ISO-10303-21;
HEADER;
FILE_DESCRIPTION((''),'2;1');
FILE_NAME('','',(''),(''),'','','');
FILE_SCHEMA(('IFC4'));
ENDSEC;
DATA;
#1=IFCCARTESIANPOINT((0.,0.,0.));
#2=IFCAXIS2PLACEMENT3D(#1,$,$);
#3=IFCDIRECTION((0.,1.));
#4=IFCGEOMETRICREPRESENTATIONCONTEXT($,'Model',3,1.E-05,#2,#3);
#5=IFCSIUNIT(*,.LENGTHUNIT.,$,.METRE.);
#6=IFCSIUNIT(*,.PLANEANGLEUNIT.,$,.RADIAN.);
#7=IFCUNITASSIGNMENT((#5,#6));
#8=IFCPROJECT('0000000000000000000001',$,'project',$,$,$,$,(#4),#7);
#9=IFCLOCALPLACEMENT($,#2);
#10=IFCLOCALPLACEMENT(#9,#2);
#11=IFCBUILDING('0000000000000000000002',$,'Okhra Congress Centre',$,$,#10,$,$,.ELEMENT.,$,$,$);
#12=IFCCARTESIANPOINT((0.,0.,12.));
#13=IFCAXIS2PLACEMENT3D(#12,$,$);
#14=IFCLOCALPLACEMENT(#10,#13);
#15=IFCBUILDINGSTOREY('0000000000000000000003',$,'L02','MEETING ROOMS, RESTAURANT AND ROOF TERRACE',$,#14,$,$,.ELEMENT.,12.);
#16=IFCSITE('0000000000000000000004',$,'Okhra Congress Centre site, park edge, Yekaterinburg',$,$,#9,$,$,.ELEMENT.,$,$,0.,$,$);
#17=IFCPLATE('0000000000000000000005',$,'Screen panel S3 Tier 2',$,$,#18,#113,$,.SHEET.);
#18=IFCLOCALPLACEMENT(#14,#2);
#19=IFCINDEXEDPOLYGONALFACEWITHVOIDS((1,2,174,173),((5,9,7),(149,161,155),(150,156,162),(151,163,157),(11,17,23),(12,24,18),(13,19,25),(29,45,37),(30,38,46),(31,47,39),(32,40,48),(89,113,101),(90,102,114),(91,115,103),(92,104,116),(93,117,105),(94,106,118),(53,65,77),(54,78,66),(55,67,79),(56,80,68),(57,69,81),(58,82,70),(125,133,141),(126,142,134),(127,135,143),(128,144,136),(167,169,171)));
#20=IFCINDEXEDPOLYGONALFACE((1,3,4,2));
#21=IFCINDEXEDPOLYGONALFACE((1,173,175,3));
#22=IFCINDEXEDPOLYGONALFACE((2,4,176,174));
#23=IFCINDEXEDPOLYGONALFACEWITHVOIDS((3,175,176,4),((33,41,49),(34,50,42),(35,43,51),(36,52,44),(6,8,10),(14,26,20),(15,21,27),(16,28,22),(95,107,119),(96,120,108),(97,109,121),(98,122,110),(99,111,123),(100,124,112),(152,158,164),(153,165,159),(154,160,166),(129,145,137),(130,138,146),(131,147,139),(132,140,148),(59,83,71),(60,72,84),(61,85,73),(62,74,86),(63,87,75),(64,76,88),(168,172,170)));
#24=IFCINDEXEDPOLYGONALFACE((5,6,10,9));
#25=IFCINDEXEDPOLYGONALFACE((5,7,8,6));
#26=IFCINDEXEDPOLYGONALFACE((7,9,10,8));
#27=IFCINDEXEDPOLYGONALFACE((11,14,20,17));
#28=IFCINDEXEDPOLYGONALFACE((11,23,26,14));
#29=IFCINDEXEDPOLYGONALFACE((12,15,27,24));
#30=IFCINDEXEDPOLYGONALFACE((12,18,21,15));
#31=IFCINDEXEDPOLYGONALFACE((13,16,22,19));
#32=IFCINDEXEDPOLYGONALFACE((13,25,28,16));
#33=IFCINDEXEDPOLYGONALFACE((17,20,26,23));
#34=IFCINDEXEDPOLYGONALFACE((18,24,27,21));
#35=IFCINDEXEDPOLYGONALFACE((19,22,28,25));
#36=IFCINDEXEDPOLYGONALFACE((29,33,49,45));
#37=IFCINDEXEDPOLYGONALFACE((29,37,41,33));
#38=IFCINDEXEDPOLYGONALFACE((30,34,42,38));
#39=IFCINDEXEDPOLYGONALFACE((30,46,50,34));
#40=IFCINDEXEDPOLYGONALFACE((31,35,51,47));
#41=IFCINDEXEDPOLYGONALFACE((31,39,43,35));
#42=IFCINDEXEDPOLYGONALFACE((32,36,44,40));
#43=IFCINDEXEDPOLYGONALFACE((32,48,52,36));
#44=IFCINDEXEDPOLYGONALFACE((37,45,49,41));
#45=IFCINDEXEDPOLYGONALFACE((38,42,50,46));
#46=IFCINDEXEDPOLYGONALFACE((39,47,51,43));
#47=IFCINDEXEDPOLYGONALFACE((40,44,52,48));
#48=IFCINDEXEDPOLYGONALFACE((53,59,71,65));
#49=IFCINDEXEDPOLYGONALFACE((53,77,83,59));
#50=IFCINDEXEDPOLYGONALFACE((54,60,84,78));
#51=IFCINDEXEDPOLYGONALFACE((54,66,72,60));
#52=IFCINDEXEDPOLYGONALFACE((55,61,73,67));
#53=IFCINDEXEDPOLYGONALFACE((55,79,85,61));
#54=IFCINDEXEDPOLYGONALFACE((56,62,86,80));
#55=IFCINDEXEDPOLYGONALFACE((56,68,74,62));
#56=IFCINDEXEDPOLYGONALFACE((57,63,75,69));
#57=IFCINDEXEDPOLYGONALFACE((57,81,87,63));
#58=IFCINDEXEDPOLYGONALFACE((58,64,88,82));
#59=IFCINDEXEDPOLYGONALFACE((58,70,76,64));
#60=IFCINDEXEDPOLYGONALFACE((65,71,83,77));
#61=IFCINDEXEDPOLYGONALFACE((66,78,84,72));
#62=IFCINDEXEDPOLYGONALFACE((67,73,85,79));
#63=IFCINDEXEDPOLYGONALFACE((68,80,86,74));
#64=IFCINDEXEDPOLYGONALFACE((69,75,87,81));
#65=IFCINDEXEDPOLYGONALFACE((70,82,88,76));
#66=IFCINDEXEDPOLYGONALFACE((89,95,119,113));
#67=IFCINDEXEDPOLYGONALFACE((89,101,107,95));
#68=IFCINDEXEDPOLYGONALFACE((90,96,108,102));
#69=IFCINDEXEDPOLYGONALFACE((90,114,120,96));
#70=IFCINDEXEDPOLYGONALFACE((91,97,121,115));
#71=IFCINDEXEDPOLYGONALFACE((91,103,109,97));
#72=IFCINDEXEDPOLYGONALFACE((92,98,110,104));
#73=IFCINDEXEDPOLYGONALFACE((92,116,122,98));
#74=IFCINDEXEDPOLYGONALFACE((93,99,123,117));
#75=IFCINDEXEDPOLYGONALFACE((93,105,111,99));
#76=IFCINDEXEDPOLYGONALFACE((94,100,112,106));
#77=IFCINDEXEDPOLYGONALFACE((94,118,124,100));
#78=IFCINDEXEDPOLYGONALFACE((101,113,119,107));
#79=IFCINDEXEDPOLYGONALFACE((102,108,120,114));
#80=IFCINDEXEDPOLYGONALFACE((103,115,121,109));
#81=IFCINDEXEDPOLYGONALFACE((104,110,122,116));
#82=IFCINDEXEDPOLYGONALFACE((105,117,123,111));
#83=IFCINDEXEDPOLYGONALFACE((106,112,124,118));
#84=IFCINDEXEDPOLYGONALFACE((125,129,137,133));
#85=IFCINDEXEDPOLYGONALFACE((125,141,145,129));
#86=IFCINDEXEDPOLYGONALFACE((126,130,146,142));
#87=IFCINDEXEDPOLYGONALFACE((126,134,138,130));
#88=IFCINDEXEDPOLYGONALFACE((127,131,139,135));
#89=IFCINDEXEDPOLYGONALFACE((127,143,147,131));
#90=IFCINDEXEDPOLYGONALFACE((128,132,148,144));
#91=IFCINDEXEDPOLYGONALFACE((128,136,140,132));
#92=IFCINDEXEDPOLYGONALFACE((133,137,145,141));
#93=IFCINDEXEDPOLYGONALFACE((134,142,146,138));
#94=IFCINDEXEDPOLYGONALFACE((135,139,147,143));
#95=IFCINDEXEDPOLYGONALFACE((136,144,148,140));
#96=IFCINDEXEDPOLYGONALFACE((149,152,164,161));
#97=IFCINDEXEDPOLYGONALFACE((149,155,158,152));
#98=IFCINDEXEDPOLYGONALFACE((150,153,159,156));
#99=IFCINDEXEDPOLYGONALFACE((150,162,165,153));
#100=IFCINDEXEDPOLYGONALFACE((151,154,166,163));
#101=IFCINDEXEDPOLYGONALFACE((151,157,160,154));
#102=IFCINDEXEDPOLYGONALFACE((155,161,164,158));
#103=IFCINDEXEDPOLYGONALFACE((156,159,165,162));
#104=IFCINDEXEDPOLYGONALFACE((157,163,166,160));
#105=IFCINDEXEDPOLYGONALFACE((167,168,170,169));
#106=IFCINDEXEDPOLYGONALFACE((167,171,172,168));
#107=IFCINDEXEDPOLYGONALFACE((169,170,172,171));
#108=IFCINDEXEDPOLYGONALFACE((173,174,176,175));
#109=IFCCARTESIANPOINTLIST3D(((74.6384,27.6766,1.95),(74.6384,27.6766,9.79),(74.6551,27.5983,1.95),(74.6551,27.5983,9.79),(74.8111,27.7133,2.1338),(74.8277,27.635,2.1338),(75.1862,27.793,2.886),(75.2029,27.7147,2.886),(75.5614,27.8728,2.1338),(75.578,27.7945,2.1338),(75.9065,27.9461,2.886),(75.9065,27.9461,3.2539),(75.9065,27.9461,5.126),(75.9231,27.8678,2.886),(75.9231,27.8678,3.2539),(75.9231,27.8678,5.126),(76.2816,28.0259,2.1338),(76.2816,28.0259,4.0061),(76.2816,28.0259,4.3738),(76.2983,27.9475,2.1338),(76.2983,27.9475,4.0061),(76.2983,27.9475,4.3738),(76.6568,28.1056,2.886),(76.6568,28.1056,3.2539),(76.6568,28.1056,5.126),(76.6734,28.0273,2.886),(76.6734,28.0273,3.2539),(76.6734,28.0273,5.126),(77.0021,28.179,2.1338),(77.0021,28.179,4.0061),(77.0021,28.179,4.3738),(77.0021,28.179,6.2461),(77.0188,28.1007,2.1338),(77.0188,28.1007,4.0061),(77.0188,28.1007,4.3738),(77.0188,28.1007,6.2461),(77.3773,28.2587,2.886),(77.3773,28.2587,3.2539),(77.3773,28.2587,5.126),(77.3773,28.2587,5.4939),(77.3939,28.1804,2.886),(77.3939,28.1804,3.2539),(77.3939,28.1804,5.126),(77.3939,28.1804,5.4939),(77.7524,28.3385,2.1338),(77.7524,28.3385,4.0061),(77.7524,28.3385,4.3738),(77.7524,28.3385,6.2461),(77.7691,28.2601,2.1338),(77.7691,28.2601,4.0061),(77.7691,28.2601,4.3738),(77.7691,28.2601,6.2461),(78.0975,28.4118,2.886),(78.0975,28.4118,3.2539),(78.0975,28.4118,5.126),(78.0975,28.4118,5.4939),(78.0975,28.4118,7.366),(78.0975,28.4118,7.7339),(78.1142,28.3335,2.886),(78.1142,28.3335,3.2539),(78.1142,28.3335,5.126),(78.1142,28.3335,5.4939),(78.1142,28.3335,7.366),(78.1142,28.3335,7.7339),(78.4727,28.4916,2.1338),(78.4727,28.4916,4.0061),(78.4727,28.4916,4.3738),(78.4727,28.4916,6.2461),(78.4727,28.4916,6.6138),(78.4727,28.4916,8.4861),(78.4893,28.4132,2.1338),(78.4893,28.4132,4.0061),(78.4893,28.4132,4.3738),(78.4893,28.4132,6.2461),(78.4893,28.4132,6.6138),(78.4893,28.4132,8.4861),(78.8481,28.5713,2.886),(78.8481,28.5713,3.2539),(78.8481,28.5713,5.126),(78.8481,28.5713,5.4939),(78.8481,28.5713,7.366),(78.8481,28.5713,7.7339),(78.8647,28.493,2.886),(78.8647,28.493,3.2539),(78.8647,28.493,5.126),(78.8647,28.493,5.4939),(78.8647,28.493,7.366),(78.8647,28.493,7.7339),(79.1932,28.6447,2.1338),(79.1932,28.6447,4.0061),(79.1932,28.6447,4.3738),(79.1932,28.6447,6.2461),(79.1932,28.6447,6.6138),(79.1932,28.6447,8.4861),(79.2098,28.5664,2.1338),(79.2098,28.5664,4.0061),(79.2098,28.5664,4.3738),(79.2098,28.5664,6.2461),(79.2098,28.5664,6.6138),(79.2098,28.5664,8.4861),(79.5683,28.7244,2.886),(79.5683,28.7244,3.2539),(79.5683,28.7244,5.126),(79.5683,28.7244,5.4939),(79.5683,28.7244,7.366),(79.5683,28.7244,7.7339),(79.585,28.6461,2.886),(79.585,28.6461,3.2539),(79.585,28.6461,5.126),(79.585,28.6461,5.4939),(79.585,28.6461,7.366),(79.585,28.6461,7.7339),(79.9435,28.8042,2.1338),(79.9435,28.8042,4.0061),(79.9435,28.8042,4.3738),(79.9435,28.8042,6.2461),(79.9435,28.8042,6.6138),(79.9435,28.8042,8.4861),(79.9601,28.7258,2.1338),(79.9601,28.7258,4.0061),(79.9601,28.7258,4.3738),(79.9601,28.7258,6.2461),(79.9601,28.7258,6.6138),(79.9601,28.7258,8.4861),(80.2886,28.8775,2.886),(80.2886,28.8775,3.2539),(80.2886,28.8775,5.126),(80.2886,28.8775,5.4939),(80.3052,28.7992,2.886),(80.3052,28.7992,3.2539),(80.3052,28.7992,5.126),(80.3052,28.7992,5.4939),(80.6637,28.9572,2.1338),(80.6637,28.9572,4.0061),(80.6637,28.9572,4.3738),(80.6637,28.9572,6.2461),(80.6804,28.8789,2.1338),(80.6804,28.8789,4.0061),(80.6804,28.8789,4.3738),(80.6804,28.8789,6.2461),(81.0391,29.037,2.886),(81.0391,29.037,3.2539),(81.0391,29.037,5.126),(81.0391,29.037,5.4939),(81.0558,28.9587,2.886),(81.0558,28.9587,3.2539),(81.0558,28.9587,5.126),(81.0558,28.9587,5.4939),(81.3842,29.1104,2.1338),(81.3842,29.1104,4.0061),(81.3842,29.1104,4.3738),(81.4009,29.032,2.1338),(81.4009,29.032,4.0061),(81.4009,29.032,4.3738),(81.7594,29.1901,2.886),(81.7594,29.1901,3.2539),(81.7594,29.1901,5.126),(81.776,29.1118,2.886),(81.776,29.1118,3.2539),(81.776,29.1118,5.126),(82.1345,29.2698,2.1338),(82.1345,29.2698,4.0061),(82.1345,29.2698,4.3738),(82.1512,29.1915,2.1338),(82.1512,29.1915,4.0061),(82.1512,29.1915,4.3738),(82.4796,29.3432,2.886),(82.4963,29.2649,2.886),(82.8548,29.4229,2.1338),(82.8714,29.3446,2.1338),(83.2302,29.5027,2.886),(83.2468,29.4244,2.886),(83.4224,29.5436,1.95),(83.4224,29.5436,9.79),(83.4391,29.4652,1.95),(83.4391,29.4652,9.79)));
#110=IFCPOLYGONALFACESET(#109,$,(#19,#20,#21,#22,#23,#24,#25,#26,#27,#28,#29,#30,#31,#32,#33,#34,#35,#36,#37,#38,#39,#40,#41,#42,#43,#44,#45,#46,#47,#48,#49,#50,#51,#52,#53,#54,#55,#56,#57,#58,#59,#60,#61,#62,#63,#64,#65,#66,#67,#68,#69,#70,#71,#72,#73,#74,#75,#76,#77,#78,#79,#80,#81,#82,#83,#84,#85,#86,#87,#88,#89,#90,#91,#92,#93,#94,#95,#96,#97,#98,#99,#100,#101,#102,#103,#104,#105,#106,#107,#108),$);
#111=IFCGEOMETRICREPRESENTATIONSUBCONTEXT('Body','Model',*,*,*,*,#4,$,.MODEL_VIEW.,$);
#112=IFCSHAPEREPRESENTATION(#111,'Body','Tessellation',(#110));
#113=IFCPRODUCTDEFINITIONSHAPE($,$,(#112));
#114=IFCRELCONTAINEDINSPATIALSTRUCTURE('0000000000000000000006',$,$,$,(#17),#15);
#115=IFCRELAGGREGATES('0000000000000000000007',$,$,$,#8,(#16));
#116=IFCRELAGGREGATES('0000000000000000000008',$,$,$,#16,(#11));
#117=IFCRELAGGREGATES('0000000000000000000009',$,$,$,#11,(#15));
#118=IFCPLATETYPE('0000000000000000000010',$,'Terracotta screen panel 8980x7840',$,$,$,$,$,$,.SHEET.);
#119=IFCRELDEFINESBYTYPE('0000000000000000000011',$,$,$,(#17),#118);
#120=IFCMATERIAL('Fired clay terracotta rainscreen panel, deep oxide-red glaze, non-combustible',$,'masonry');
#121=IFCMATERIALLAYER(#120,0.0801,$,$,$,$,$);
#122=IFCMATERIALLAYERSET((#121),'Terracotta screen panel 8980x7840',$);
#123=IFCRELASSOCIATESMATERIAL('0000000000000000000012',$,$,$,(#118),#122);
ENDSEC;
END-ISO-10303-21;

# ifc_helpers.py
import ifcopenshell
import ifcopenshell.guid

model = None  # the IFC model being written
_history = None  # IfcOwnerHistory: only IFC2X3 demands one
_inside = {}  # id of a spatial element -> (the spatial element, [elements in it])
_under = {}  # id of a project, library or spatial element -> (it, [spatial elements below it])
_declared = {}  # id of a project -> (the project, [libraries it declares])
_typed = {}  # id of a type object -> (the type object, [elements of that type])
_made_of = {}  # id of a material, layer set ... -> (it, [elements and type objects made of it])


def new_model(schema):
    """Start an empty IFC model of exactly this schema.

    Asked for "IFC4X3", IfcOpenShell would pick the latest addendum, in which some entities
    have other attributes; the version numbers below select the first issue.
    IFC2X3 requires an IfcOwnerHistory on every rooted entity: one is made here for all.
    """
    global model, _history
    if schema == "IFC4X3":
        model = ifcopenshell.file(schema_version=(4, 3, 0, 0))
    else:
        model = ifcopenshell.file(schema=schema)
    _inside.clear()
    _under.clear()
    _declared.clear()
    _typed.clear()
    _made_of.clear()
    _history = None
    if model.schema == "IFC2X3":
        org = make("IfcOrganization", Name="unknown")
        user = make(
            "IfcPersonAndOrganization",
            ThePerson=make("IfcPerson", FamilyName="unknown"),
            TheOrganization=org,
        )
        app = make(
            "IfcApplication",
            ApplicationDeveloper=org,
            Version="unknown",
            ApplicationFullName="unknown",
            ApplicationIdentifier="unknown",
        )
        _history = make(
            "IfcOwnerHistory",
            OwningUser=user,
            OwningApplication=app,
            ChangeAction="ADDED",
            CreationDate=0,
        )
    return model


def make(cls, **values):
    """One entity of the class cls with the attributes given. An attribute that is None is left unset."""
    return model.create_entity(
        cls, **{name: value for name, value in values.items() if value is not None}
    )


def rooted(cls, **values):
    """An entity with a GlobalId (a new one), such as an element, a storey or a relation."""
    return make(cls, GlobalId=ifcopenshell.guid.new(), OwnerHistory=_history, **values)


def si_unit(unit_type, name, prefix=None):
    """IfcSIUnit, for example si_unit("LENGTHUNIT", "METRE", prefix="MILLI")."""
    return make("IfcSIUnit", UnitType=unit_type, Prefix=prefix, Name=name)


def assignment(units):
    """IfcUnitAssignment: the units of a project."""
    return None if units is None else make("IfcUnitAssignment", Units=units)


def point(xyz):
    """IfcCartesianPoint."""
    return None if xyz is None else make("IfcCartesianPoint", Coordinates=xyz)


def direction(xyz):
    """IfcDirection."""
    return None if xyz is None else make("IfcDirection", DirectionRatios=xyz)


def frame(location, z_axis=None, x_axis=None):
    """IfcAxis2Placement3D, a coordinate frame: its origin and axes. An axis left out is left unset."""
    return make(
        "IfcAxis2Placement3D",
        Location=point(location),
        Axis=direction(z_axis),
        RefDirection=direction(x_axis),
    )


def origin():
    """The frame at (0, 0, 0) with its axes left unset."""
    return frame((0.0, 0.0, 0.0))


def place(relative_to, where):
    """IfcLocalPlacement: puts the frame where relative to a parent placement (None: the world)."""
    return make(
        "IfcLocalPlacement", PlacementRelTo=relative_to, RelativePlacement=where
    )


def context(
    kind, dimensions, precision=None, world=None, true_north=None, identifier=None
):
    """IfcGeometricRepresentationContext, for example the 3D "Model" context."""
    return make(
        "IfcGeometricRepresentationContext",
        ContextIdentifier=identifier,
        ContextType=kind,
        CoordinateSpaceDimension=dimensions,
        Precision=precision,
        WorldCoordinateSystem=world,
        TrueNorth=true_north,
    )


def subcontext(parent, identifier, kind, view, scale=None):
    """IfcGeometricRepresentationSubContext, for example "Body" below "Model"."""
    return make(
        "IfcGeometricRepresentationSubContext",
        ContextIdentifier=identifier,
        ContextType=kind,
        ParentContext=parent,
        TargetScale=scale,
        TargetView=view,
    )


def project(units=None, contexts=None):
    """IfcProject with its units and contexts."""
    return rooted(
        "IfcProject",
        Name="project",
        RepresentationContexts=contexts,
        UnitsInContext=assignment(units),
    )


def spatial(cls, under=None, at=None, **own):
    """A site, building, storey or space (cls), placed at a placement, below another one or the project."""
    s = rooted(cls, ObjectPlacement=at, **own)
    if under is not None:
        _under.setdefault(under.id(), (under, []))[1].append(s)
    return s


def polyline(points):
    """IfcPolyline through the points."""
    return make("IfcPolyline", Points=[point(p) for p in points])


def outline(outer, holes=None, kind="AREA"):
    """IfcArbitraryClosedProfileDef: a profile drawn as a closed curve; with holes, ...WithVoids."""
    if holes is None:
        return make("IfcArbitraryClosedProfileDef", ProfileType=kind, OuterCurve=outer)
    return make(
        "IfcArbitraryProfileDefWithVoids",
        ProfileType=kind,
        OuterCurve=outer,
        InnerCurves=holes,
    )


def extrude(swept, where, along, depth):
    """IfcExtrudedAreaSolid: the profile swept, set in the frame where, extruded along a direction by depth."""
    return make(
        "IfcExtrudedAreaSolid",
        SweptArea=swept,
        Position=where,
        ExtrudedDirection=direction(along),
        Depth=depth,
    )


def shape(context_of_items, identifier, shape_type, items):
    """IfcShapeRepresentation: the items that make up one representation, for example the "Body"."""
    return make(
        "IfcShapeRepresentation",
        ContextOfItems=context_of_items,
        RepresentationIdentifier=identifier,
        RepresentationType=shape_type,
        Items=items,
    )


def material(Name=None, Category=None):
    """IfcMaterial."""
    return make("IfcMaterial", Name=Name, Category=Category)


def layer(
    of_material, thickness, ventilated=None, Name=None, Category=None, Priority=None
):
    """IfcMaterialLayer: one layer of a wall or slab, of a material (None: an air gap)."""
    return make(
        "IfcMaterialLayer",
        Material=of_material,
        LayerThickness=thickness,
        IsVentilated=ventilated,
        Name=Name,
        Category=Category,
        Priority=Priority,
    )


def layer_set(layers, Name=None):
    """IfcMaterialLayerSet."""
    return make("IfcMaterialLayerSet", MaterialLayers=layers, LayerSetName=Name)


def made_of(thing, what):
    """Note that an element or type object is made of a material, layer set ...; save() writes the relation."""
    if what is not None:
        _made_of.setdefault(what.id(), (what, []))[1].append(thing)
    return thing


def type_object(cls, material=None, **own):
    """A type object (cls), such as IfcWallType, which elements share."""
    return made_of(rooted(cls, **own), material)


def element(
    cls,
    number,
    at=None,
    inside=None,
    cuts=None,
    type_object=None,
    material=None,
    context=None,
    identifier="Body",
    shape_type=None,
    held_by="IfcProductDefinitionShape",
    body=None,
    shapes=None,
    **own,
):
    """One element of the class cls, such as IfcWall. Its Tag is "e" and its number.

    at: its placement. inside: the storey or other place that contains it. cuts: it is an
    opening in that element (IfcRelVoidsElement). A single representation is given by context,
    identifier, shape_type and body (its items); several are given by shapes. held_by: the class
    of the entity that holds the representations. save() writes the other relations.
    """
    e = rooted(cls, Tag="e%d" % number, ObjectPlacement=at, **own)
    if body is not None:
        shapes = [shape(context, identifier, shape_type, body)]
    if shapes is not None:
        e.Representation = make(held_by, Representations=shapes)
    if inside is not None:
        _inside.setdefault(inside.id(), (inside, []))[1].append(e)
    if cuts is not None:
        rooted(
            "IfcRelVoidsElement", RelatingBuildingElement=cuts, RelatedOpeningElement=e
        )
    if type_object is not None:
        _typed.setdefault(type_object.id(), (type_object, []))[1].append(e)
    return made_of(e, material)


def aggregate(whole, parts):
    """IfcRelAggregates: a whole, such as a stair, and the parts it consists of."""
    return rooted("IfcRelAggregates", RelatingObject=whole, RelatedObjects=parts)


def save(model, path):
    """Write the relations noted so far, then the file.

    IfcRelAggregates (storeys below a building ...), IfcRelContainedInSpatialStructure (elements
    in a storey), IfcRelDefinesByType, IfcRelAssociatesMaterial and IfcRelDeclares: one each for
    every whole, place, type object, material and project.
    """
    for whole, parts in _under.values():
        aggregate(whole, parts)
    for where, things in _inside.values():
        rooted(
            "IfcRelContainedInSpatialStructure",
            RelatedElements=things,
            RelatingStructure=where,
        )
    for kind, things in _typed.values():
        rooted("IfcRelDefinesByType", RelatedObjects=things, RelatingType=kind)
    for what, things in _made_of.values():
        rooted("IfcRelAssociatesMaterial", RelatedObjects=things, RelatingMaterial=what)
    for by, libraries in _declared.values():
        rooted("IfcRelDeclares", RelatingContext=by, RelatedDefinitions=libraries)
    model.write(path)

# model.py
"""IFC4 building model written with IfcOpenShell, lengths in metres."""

from ifc_helpers import new_model, si_unit, direction, frame, origin, place, context, subcontext, project, spatial, polyline, outline, extrude, material, layer, layer_set, type_object, element, save


model = new_model("IFC4")

# Units and contexts
model_context = context("Model", 3, precision=1e-05, world=origin(), true_north=direction((0.0, 1.0)))
body_context = subcontext(model_context, "Body", "Model", "MODEL_VIEW")
ifc_project = project(units=[si_unit("LENGTHUNIT", "METRE"), si_unit("PLANEANGLEUNIT", "RADIAN")], contexts=[model_context])

# Site, building, storey
site_placement = place(None, origin())
site = spatial("IfcSite", under=ifc_project, at=site_placement, Name="Okhra Congress Centre site, park edge, Yekaterinburg", CompositionType="ELEMENT", RefElevation=0.0)
building_placement = place(site_placement, origin())
building = spatial("IfcBuilding", under=site, at=building_placement, Name="Okhra Congress Centre", CompositionType="ELEMENT")
storey_placement = place(building_placement, frame((0.0, 0.0, 12.0)))
storey = spatial("IfcBuildingStorey", under=building, at=storey_placement, Name="L02", Description="MEETING ROOMS, RESTAURANT AND ROOF TERRACE", CompositionType="ELEMENT", Elevation=12.0)

# Plate
ifc_material_1 = material(Name="Fired clay terracotta rainscreen panel, deep oxide-red glaze, non-combustible", Category="masonry")
ifc_layer_1 = layer(ifc_material_1, 0.0801)
ifc_layer_set_1 = layer_set([ifc_layer_1], Name="Terracotta screen panel 8980x7840")
plate_type = type_object("IfcPlateType", Name="Terracotta screen panel 8980x7840", PredefinedType="SHEET", material=ifc_layer_set_1)
plate_1_placement = place(storey_placement, frame((74.6467, 27.6375, 1.95), z_axis=(0.0, 0.0, 1.0), x_axis=(0.978151, 0.207897, 0.0)))
element("IfcPlate", 1, at=plate_1_placement, inside=storey, type_object=plate_type, Name="Screen panel S3 Tier 2", PredefinedType="SHEET", context=body_context, shape_type="SweptSolid", body=[
    extrude(outline(polyline([(0.0, 0.0), (8.9802, 0.0), (8.9802, 7.8401), (0.0, 7.8401), (0.0, 0.0)]), holes=[polyline([(0.1765, 0.1838), (0.9436, 0.1838), (0.5601, 0.936), (0.1765, 0.1838)]), polyline([(1.2964, 0.936), (1.6799, 0.1838), (2.0635, 0.936), (1.2964, 0.936)]), polyline([(2.4165, 0.1838), (3.1836, 0.1838), (2.8, 0.936), (2.4165, 0.1838)]), polyline([(3.5364, 0.936), (3.9199, 0.1838), (4.3037, 0.936), (3.5364, 0.936)]), polyline([(4.6565, 0.1838), (5.4236, 0.1838), (5.04, 0.936), (4.6565, 0.1838)]), polyline([(5.7764, 0.936), (6.1599, 0.1838), (6.5437, 0.936), (5.7764, 0.936)]), polyline([(6.8965, 0.1838), (7.6636, 0.1838), (7.28, 0.936), (6.8965, 0.1838)]), polyline([(8.0164, 0.936), (8.3999, 0.1838), (8.7837, 0.936), (8.0164, 0.936)]), polyline([(1.2964, 1.304), (2.0635, 1.304), (1.6799, 2.0562), (1.2964, 1.304)]), polyline([(2.4165, 2.0562), (2.8, 1.304), (3.1836, 2.0562), (2.4165, 2.0562)]), polyline([(3.5364, 1.304), (4.3037, 1.304), (3.9199, 2.0562), (3.5364, 1.304)]), polyline([(4.6565, 2.0562), (5.04, 1.304), (5.4236, 2.0562), (4.6565, 2.0562)]), polyline([(5.7764, 1.304), (6.5437, 1.304), (6.1599, 2.0562), (5.7764, 1.304)]), polyline([(6.8965, 2.0562), (7.28, 1.304), (7.6636, 2.0562), (6.8965, 2.0562)]), polyline([(1.2964, 3.176), (1.6799, 2.4238), (2.0635, 3.176), (1.2964, 3.176)]), polyline([(2.4165, 2.4238), (3.1836, 2.4238), (2.8, 3.176), (2.4165, 2.4238)]), polyline([(3.5364, 3.176), (3.9199, 2.4238), (4.3037, 3.176), (3.5364, 3.176)]), polyline([(4.6565, 2.4238), (5.4236, 2.4238), (5.04, 3.176), (4.6565, 2.4238)]), polyline([(5.7764, 3.176), (6.1599, 2.4238), (6.5437, 3.176), (5.7764, 3.176)]), polyline([(6.8965, 2.4238), (7.6636, 2.4238), (7.28, 3.176), (6.8965, 2.4238)]), polyline([(2.4165, 4.2961), (2.8, 3.5439), (3.1836, 4.2961), (2.4165, 4.2961)]), polyline([(3.5364, 3.5439), (4.3037, 3.5439), (3.9199, 4.2961), (3.5364, 3.5439)]), polyline([(4.6565, 4.2961), (5.04, 3.5439), (5.4236, 4.2961), (4.6565, 4.2961)]), polyline([(5.7764, 3.5439), (6.5437, 3.5439), (6.1599, 4.2961), (5.7764, 3.5439)]), polyline([(3.5364, 5.416), (3.9199, 4.6638), (4.3037, 5.416), (3.5364, 5.416)]), polyline([(4.6565, 4.6638), (5.4236, 4.6638), (5.04, 5.416), (4.6565, 4.6638)]), polyline([(3.5364, 5.7839), (4.3037, 5.7839), (3.9199, 6.5361), (3.5364, 5.7839)]), polyline([(4.6565, 6.5361), (5.04, 5.7839), (5.4236, 6.5361), (4.6565, 6.5361)])]), frame((0.0, 0.04, 0.0), z_axis=(0.0, -1.0, 0.0), x_axis=(1.0, 0.0, 0.0)), (0.0, 0.0, 1.0), 0.0801),
])

save(model, "model.ifc")
